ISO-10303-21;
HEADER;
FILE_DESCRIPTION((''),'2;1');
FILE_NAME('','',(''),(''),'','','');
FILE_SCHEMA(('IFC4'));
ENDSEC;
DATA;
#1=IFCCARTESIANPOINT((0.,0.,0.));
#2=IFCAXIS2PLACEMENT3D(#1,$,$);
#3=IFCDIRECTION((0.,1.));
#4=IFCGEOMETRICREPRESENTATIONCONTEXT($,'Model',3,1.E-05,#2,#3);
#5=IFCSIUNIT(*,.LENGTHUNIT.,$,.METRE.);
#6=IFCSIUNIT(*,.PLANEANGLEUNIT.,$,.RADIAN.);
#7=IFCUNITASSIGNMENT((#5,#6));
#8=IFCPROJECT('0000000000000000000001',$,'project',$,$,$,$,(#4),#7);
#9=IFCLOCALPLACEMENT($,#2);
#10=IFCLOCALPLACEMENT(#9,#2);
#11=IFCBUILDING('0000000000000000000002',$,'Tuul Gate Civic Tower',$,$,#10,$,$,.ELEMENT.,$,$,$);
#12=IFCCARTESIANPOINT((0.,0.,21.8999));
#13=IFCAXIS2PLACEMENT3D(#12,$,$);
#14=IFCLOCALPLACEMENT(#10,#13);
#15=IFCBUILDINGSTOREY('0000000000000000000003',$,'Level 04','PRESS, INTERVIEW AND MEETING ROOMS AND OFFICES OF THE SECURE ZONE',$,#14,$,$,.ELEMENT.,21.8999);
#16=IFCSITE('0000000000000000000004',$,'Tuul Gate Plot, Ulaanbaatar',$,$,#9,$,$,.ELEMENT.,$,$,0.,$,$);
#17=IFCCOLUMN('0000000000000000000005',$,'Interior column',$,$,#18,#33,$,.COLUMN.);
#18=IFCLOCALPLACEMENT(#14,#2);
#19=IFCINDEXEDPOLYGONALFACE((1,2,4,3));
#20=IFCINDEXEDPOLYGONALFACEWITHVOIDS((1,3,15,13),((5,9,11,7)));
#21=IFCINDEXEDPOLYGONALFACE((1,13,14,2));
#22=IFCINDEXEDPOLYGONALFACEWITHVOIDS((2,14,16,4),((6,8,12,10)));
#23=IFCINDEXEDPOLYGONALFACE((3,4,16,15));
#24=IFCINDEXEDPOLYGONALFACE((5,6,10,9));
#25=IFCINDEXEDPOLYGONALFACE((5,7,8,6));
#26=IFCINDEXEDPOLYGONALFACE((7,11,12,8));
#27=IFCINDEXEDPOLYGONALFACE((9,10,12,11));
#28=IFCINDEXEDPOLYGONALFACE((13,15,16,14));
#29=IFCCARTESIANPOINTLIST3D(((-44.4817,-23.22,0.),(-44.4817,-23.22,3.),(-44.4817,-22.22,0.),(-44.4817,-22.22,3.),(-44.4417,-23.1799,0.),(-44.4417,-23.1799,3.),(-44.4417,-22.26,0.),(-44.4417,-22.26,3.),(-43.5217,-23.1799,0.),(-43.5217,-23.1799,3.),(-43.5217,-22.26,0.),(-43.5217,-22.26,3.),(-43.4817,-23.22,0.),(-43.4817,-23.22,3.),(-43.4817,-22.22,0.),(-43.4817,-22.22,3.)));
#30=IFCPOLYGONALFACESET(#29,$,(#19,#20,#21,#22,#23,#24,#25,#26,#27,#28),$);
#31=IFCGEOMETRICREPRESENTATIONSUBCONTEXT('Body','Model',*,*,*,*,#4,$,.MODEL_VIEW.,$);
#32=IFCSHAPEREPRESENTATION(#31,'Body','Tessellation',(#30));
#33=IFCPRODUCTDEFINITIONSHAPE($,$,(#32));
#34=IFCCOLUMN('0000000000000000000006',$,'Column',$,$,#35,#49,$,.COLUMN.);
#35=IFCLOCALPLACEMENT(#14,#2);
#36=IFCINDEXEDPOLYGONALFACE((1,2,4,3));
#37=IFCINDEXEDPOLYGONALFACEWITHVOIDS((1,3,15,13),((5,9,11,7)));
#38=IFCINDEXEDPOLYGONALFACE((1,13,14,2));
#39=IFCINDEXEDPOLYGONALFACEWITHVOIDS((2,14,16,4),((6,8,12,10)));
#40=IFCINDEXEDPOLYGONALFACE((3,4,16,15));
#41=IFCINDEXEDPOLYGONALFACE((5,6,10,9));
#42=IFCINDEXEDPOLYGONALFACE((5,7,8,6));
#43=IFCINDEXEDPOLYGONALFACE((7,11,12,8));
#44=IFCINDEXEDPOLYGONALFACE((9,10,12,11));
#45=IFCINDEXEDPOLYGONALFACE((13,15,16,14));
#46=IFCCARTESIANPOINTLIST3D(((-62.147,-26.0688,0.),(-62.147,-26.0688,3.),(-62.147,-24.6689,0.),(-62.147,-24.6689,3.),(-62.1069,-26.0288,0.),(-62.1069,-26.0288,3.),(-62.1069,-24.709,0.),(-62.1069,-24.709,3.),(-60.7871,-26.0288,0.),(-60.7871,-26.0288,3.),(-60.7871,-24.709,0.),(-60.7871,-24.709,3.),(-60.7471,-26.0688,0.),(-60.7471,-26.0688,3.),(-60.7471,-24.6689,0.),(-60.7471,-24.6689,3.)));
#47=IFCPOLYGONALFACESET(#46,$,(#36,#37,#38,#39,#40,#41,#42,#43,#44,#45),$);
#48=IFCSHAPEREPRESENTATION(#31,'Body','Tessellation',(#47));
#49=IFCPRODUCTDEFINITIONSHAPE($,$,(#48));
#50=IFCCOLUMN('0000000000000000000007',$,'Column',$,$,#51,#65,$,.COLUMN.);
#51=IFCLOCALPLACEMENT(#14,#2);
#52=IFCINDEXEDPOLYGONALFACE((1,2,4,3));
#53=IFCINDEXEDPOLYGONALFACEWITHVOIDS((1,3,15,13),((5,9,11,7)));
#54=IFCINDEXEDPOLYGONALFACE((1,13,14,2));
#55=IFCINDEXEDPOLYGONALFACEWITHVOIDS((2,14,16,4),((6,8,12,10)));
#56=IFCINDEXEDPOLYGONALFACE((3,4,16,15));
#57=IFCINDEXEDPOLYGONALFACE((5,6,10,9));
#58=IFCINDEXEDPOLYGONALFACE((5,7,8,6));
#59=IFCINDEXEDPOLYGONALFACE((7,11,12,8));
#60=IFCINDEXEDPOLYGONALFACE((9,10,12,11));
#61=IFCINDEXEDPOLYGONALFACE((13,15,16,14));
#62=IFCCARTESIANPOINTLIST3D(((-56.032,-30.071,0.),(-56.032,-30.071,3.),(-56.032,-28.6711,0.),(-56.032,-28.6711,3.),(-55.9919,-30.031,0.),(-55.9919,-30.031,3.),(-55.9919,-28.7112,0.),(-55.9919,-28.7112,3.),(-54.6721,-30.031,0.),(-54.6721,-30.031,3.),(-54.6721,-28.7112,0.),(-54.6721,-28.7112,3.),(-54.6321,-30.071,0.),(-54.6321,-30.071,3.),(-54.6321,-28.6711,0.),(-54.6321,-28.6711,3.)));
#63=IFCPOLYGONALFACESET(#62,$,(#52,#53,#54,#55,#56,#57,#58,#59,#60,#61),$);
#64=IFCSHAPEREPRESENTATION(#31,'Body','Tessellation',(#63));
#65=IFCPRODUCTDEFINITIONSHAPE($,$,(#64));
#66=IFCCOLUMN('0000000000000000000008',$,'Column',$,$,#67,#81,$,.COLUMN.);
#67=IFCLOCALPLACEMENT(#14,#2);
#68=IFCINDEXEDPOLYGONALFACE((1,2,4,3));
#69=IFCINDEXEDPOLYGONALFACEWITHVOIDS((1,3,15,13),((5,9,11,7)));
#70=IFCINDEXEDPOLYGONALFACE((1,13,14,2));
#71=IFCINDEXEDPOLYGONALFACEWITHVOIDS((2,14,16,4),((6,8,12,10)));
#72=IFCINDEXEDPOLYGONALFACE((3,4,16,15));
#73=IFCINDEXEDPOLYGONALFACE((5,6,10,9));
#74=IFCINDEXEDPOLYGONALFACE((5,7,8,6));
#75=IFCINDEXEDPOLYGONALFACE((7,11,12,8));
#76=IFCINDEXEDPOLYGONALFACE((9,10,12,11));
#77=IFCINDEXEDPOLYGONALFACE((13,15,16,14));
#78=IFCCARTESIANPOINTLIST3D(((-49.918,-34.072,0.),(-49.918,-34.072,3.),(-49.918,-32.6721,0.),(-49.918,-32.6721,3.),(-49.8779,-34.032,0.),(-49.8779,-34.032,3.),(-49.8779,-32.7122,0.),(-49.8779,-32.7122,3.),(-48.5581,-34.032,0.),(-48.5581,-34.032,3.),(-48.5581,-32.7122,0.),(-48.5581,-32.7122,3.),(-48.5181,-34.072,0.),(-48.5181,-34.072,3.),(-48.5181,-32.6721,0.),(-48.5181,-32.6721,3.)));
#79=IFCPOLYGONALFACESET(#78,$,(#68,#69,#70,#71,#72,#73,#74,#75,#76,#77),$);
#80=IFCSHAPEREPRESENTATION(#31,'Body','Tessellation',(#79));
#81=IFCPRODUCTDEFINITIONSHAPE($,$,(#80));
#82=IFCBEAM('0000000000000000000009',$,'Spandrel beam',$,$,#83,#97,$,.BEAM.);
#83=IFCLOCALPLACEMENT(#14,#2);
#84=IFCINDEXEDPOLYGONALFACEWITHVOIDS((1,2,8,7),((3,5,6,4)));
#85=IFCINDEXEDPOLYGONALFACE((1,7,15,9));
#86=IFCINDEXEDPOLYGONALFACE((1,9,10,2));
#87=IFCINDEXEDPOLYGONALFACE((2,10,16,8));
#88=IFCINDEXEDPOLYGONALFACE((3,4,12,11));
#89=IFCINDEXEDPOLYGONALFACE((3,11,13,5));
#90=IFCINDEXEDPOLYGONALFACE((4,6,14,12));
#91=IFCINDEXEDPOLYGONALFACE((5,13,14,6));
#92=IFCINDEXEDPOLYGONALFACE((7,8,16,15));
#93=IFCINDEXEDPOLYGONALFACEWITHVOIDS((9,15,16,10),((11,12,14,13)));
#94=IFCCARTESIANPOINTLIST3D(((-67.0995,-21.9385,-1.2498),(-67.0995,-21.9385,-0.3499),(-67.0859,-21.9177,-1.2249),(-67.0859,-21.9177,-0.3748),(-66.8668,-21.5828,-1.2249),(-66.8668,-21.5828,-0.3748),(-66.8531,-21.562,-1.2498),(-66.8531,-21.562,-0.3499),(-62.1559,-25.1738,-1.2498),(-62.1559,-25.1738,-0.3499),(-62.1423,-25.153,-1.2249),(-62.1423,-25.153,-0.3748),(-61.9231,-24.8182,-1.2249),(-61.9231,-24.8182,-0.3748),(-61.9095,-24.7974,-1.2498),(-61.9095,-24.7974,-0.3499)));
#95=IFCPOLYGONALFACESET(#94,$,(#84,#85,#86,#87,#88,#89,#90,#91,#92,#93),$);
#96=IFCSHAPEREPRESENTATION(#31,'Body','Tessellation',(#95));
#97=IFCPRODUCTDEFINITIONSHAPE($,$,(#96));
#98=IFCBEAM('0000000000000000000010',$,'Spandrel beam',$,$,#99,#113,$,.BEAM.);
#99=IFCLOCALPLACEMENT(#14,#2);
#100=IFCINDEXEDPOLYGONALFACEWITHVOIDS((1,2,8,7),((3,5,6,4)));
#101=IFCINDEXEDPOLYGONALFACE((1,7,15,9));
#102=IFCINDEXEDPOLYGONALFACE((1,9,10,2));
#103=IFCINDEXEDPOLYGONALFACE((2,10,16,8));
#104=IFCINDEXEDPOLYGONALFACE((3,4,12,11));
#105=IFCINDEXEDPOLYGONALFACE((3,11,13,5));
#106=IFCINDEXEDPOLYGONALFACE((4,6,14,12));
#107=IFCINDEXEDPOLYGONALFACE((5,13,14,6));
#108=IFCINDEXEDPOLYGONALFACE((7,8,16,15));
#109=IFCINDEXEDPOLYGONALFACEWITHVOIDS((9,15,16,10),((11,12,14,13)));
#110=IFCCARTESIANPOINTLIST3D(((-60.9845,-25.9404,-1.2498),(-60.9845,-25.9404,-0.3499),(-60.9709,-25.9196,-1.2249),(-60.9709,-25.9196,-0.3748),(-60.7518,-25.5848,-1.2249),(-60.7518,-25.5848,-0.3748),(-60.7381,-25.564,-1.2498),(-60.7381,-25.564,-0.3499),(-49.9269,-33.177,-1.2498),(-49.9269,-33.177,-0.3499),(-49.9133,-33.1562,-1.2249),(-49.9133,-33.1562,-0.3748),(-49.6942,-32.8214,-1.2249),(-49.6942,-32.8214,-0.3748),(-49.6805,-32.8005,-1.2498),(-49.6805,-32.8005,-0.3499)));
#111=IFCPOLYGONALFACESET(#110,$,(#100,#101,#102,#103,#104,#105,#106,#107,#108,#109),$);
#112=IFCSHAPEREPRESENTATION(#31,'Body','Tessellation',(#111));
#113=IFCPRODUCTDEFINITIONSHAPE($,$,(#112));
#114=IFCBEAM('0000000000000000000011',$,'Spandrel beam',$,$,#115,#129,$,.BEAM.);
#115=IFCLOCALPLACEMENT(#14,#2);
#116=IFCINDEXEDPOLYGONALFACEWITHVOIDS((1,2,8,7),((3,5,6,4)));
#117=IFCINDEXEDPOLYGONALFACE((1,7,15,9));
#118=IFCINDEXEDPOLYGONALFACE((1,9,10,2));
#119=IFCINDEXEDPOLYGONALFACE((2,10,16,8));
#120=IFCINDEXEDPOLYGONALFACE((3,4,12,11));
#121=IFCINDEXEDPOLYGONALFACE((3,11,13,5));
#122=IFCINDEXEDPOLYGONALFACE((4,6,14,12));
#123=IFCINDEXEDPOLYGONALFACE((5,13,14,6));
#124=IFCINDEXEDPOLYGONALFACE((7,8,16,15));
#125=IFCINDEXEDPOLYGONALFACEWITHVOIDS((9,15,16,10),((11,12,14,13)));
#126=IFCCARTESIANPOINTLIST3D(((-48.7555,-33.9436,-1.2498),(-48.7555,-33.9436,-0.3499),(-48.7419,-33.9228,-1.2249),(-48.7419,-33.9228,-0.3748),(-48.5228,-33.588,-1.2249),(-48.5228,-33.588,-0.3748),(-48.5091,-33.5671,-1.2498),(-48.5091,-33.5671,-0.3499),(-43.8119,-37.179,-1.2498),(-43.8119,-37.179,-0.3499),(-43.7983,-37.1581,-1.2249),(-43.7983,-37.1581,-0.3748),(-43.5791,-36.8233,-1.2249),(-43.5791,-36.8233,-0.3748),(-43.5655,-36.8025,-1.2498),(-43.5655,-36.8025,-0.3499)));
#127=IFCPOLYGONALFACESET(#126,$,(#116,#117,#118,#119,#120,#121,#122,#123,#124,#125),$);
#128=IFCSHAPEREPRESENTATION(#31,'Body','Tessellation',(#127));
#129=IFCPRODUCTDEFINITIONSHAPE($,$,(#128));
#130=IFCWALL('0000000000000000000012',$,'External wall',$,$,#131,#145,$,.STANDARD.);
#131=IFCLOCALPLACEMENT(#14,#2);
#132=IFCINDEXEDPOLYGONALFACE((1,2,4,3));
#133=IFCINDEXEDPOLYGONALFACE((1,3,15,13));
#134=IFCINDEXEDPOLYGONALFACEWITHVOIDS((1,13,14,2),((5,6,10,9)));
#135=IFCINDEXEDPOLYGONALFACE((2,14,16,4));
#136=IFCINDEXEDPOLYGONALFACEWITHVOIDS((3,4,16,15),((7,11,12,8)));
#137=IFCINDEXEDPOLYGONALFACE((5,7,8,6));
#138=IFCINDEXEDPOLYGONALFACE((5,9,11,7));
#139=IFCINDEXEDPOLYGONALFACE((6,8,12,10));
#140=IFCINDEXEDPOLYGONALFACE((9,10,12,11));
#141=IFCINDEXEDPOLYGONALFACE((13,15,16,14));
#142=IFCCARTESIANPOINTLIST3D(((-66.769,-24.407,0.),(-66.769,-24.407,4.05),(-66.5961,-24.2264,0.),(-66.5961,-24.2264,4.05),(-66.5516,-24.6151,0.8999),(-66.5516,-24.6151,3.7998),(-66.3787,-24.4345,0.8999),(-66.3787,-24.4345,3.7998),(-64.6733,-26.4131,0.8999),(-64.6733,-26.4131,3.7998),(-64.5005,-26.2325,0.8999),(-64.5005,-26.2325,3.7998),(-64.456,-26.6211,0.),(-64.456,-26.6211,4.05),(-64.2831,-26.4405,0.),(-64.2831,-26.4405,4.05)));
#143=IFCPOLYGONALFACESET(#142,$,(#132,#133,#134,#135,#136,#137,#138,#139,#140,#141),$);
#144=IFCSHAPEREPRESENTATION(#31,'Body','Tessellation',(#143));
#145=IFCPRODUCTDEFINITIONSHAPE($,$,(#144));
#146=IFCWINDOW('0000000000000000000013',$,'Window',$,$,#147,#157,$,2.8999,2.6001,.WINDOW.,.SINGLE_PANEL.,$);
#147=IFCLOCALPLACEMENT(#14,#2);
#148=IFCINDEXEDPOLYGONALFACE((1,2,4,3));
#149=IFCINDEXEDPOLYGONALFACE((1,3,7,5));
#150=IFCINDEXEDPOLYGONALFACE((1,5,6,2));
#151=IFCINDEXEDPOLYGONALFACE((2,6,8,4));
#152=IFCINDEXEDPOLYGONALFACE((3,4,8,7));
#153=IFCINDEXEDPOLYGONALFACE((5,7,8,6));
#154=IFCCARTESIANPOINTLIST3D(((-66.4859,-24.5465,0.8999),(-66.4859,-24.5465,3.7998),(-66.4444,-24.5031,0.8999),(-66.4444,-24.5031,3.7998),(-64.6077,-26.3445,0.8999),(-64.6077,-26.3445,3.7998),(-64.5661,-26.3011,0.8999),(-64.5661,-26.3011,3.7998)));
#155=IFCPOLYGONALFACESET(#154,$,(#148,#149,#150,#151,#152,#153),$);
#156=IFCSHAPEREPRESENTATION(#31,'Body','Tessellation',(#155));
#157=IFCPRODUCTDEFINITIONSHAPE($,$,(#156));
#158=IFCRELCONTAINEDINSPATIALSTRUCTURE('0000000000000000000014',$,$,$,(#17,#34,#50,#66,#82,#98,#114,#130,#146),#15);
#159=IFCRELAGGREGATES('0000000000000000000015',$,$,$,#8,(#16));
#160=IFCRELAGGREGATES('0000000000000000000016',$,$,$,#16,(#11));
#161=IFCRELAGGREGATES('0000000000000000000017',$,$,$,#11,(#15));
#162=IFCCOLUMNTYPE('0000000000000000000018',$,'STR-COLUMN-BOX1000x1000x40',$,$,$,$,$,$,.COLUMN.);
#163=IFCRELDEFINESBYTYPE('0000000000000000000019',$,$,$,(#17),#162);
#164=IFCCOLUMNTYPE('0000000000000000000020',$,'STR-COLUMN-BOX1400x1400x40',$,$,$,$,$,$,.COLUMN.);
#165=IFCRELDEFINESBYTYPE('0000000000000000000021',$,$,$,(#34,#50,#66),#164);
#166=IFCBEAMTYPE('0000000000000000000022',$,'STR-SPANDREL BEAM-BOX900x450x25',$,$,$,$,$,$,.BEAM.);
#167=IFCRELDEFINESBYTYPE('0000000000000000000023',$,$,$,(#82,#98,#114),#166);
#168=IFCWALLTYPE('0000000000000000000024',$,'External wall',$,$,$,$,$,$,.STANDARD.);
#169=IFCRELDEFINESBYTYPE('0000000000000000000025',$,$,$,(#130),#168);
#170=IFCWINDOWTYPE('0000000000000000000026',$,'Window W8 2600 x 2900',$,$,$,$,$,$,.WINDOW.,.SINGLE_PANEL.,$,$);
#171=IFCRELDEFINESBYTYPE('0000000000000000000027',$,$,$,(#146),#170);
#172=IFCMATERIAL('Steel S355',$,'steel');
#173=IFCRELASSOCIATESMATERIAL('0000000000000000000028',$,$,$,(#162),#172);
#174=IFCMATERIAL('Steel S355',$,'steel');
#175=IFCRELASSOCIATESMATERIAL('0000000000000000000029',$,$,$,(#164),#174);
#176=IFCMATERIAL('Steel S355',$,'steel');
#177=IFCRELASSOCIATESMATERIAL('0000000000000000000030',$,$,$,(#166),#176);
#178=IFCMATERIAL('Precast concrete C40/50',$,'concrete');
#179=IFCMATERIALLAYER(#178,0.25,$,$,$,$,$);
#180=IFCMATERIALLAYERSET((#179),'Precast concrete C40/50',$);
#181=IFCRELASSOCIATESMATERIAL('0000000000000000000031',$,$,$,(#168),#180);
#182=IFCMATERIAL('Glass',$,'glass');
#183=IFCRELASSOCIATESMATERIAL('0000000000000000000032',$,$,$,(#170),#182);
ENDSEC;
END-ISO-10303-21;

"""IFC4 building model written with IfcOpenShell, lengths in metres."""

from ifc_helpers import new_model, si_unit, direction, frame, frame_2d, origin, origin_2d, place, context, subcontext, project, spatial, rectangle, hollow_rectangle, extrude, material, layer, layer_set, material_profile, profile_set, type_object, element, fill, save


model = new_model("IFC4")

# Units and contexts
model_context = context("Model", 3, precision=1e-05, world=origin(), true_north=direction((0.0, 1.0)))
body_context = subcontext(model_context, "Body", "Model", "MODEL_VIEW")
ifc_project = project(units=[si_unit("LENGTHUNIT", "METRE"), si_unit("PLANEANGLEUNIT", "RADIAN")], contexts=[model_context])

# Site, building, storey
site_placement = place(None, origin())
site = spatial("IfcSite", under=ifc_project, at=site_placement, Name="Tuul Gate Plot, Ulaanbaatar", CompositionType="ELEMENT", RefElevation=0.0)
building_placement = place(site_placement, origin())
building = spatial("IfcBuilding", under=site, at=building_placement, Name="Tuul Gate Civic Tower", CompositionType="ELEMENT")
storey_placement = place(building_placement, frame((0.0, 0.0, 21.8999)))
storey = spatial("IfcBuildingStorey", under=building, at=storey_placement, Name="Level 04", Description="PRESS, INTERVIEW AND MEETING ROOMS AND OFFICES OF THE SECURE ZONE", CompositionType="ELEMENT", Elevation=21.8999)

# Columns
ifc_material_1 = material(Name="Steel S355", Category="steel")
ifc_material_profile_1 = material_profile(ifc_material_1, hollow_rectangle(XDim=1.0, YDim=1.0, WallThickness=0.04, at=origin_2d()), Name="BOX1000x1000x40")
ifc_profile_set_1 = profile_set([ifc_material_profile_1], Name="Steel S355")
column_type_1 = type_object("IfcColumnType", Name="STR-COLUMN-BOX1000x1000x40", PredefinedType="COLUMN", material=ifc_profile_set_1)
column_placement = place(storey_placement, frame((-43.9817, -22.72, 0.0), z_axis=(0.0, 0.0, 1.0), x_axis=(1.0, 0.0, 0.0)))
element("IfcColumn", 1, at=column_placement, inside=storey, type_object=column_type_1, Name="Interior column", PredefinedType="COLUMN", context=body_context, shape_type="SweptSolid", body=[
    extrude(hollow_rectangle(XDim=1.0, YDim=1.0, WallThickness=0.04, at=origin_2d()), origin(), (0.0, 0.0, 1.0), 3.0),
])
ifc_material_2 = material(Name="Steel S355", Category="steel")
ifc_material_profile_2 = material_profile(ifc_material_2, hollow_rectangle(XDim=1.3999, YDim=1.3999, WallThickness=0.04, at=origin_2d()), Name="BOX1400x1400x40")
ifc_profile_set_2 = profile_set([ifc_material_profile_2], Name="Steel S355")
column_type_2 = type_object("IfcColumnType", Name="STR-COLUMN-BOX1400x1400x40", PredefinedType="COLUMN", material=ifc_profile_set_2)
for number, where, z_axis, x_axis, name in (
    (2, (-61.447, -25.3689, 0.0), (0.0, 0.0, 1.0), (1.0, 0.0, 0.0), "Column"),
    (3, (-55.332, -29.3711, 0.0), (0.0, 0.0, 1.0), (1.0, 0.0, 0.0), "Column"),
    (4, (-49.218, -33.3721, 0.0), (0.0, 0.0, 1.0), (1.0, 0.0, 0.0), "Column"),
):
    element("IfcColumn", number, at=place(storey_placement, frame(where, z_axis=z_axis, x_axis=x_axis)), inside=storey, type_object=column_type_2, Name=name, PredefinedType="COLUMN", context=body_context, shape_type="SweptSolid", body=[
        extrude(hollow_rectangle(XDim=1.3999, YDim=1.3999, WallThickness=0.04, at=origin_2d()), origin(), (0.0, 0.0, 1.0), 3.0),
    ])

# Beams
ifc_material_3 = material(Name="Steel S355", Category="steel")
ifc_material_profile_3 = material_profile(ifc_material_3, hollow_rectangle(XDim=0.45, YDim=0.8999, WallThickness=0.0249, at=origin_2d()), Name="BOX900x450x25")
ifc_profile_set_3 = profile_set([ifc_material_profile_3], Name="Steel S355")
beam_type = type_object("IfcBeamType", Name="STR-SPANDREL BEAM-BOX900x450x25", PredefinedType="BEAM", material=ifc_profile_set_3)
beam_1_placement = place(storey_placement, frame((-66.9763, -21.7502, -0.7998), z_axis=(0.836737, -0.547604, 0.0), x_axis=(0.547604, 0.836737, 0.0)))
element("IfcBeam", 5, at=beam_1_placement, inside=storey, type_object=beam_type, Name="Spandrel beam", PredefinedType="BEAM", context=body_context, shape_type="SweptSolid", body=[
    extrude(hollow_rectangle(XDim=0.45, YDim=0.8999, WallThickness=0.0249, at=origin_2d()), origin(), (0.0, 0.0, 1.0), 5.9082),
])
beam_2_placement = place(storey_placement, frame((-60.8613, -25.7522, -0.7998), z_axis=(0.836741, -0.547599, 0.0), x_axis=(0.547599, 0.836741, 0.0)))
element("IfcBeam", 6, at=beam_2_placement, inside=storey, type_object=beam_type, Name="Spandrel beam", PredefinedType="BEAM", context=body_context, shape_type="SweptSolid", body=[
    extrude(hollow_rectangle(XDim=0.45, YDim=0.8999, WallThickness=0.0249, at=origin_2d()), origin(), (0.0, 0.0, 1.0), 13.2151),
])
beam_3_placement = place(storey_placement, frame((-48.6323, -33.7554, -0.7998), z_axis=(0.836737, -0.547604, 0.0), x_axis=(0.547604, 0.836737, 0.0)))
element("IfcBeam", 7, at=beam_3_placement, inside=storey, type_object=beam_type, Name="Spandrel beam", PredefinedType="BEAM", context=body_context, shape_type="SweptSolid", body=[
    extrude(hollow_rectangle(XDim=0.45, YDim=0.8999, WallThickness=0.0249, at=origin_2d()), origin(), (0.0, 0.0, 1.0), 5.9082),
])

# Wall, opening, window
ifc_material_4 = material(Name="Precast concrete C40/50", Category="concrete")
ifc_layer = layer(ifc_material_4, 0.25)
ifc_layer_set = layer_set([ifc_layer], Name="Precast concrete C40/50")
wall_type = type_object("IfcWallType", Name="External wall", PredefinedType="STANDARD", material=ifc_layer_set)
wall_1_placement = place(storey_placement, frame((-66.6826, -24.3167, 0.0), z_axis=(0.0, 0.0, 1.0), x_axis=(0.722379, -0.691498, 0.0)))
wall_1 = element("IfcWall", 8, at=wall_1_placement, inside=storey, type_object=wall_type, Name="External wall", PredefinedType="STANDARD", context=body_context, shape_type="SweptSolid", body=[
    extrude(rectangle(XDim=3.2019, YDim=0.25, at=frame_2d((1.6011, 0.0))), origin(), (0.0, 0.0, 1.0), 4.05),
])
opening_1_placement = place(wall_1_placement, frame((0.301, 0.0, 0.8999)))
opening_1 = element("IfcOpeningElement", 9, at=opening_1_placement, cuts=wall_1, PredefinedType="OPENING", context=body_context, shape_type="SweptSolid", body=[
    extrude(rectangle(XDim=2.6001, YDim=2.8999, at=frame_2d((1.3, 1.45))), frame((0.0, 0.135, 0.0), z_axis=(0.0, -1.0, 0.0), x_axis=(1.0, 0.0, 0.0)), (0.0, 0.0, 1.0), 0.27),
])
ifc_material_5 = material(Name="Glass", Category="glass")
window_type_1 = type_object("IfcWindowType", Name="Window W8 2600 x 2900", PartitioningType="SINGLE_PANEL", PredefinedType="WINDOW", material=ifc_material_5)
window_1_placement = place(opening_1_placement, origin())
window_1 = element("IfcWindow", 10, at=window_1_placement, inside=storey, type_object=window_type_1, Name="Window", OverallHeight=2.8999, OverallWidth=2.6001, PartitioningType="SINGLE_PANEL", PredefinedType="WINDOW", context=body_context, shape_type="SweptSolid", body=[
    extrude(rectangle(XDim=2.6001, YDim=2.8999, at=frame_2d((1.3, 1.45))), frame((0.0, 0.03, 0.0), z_axis=(0.0, -1.0, 0.0), x_axis=(1.0, 0.0, 0.0)), (0.0, 0.0, 1.0), 0.0601),
])
fill(opening_1, window_1)

save(model, "model.ifc")
